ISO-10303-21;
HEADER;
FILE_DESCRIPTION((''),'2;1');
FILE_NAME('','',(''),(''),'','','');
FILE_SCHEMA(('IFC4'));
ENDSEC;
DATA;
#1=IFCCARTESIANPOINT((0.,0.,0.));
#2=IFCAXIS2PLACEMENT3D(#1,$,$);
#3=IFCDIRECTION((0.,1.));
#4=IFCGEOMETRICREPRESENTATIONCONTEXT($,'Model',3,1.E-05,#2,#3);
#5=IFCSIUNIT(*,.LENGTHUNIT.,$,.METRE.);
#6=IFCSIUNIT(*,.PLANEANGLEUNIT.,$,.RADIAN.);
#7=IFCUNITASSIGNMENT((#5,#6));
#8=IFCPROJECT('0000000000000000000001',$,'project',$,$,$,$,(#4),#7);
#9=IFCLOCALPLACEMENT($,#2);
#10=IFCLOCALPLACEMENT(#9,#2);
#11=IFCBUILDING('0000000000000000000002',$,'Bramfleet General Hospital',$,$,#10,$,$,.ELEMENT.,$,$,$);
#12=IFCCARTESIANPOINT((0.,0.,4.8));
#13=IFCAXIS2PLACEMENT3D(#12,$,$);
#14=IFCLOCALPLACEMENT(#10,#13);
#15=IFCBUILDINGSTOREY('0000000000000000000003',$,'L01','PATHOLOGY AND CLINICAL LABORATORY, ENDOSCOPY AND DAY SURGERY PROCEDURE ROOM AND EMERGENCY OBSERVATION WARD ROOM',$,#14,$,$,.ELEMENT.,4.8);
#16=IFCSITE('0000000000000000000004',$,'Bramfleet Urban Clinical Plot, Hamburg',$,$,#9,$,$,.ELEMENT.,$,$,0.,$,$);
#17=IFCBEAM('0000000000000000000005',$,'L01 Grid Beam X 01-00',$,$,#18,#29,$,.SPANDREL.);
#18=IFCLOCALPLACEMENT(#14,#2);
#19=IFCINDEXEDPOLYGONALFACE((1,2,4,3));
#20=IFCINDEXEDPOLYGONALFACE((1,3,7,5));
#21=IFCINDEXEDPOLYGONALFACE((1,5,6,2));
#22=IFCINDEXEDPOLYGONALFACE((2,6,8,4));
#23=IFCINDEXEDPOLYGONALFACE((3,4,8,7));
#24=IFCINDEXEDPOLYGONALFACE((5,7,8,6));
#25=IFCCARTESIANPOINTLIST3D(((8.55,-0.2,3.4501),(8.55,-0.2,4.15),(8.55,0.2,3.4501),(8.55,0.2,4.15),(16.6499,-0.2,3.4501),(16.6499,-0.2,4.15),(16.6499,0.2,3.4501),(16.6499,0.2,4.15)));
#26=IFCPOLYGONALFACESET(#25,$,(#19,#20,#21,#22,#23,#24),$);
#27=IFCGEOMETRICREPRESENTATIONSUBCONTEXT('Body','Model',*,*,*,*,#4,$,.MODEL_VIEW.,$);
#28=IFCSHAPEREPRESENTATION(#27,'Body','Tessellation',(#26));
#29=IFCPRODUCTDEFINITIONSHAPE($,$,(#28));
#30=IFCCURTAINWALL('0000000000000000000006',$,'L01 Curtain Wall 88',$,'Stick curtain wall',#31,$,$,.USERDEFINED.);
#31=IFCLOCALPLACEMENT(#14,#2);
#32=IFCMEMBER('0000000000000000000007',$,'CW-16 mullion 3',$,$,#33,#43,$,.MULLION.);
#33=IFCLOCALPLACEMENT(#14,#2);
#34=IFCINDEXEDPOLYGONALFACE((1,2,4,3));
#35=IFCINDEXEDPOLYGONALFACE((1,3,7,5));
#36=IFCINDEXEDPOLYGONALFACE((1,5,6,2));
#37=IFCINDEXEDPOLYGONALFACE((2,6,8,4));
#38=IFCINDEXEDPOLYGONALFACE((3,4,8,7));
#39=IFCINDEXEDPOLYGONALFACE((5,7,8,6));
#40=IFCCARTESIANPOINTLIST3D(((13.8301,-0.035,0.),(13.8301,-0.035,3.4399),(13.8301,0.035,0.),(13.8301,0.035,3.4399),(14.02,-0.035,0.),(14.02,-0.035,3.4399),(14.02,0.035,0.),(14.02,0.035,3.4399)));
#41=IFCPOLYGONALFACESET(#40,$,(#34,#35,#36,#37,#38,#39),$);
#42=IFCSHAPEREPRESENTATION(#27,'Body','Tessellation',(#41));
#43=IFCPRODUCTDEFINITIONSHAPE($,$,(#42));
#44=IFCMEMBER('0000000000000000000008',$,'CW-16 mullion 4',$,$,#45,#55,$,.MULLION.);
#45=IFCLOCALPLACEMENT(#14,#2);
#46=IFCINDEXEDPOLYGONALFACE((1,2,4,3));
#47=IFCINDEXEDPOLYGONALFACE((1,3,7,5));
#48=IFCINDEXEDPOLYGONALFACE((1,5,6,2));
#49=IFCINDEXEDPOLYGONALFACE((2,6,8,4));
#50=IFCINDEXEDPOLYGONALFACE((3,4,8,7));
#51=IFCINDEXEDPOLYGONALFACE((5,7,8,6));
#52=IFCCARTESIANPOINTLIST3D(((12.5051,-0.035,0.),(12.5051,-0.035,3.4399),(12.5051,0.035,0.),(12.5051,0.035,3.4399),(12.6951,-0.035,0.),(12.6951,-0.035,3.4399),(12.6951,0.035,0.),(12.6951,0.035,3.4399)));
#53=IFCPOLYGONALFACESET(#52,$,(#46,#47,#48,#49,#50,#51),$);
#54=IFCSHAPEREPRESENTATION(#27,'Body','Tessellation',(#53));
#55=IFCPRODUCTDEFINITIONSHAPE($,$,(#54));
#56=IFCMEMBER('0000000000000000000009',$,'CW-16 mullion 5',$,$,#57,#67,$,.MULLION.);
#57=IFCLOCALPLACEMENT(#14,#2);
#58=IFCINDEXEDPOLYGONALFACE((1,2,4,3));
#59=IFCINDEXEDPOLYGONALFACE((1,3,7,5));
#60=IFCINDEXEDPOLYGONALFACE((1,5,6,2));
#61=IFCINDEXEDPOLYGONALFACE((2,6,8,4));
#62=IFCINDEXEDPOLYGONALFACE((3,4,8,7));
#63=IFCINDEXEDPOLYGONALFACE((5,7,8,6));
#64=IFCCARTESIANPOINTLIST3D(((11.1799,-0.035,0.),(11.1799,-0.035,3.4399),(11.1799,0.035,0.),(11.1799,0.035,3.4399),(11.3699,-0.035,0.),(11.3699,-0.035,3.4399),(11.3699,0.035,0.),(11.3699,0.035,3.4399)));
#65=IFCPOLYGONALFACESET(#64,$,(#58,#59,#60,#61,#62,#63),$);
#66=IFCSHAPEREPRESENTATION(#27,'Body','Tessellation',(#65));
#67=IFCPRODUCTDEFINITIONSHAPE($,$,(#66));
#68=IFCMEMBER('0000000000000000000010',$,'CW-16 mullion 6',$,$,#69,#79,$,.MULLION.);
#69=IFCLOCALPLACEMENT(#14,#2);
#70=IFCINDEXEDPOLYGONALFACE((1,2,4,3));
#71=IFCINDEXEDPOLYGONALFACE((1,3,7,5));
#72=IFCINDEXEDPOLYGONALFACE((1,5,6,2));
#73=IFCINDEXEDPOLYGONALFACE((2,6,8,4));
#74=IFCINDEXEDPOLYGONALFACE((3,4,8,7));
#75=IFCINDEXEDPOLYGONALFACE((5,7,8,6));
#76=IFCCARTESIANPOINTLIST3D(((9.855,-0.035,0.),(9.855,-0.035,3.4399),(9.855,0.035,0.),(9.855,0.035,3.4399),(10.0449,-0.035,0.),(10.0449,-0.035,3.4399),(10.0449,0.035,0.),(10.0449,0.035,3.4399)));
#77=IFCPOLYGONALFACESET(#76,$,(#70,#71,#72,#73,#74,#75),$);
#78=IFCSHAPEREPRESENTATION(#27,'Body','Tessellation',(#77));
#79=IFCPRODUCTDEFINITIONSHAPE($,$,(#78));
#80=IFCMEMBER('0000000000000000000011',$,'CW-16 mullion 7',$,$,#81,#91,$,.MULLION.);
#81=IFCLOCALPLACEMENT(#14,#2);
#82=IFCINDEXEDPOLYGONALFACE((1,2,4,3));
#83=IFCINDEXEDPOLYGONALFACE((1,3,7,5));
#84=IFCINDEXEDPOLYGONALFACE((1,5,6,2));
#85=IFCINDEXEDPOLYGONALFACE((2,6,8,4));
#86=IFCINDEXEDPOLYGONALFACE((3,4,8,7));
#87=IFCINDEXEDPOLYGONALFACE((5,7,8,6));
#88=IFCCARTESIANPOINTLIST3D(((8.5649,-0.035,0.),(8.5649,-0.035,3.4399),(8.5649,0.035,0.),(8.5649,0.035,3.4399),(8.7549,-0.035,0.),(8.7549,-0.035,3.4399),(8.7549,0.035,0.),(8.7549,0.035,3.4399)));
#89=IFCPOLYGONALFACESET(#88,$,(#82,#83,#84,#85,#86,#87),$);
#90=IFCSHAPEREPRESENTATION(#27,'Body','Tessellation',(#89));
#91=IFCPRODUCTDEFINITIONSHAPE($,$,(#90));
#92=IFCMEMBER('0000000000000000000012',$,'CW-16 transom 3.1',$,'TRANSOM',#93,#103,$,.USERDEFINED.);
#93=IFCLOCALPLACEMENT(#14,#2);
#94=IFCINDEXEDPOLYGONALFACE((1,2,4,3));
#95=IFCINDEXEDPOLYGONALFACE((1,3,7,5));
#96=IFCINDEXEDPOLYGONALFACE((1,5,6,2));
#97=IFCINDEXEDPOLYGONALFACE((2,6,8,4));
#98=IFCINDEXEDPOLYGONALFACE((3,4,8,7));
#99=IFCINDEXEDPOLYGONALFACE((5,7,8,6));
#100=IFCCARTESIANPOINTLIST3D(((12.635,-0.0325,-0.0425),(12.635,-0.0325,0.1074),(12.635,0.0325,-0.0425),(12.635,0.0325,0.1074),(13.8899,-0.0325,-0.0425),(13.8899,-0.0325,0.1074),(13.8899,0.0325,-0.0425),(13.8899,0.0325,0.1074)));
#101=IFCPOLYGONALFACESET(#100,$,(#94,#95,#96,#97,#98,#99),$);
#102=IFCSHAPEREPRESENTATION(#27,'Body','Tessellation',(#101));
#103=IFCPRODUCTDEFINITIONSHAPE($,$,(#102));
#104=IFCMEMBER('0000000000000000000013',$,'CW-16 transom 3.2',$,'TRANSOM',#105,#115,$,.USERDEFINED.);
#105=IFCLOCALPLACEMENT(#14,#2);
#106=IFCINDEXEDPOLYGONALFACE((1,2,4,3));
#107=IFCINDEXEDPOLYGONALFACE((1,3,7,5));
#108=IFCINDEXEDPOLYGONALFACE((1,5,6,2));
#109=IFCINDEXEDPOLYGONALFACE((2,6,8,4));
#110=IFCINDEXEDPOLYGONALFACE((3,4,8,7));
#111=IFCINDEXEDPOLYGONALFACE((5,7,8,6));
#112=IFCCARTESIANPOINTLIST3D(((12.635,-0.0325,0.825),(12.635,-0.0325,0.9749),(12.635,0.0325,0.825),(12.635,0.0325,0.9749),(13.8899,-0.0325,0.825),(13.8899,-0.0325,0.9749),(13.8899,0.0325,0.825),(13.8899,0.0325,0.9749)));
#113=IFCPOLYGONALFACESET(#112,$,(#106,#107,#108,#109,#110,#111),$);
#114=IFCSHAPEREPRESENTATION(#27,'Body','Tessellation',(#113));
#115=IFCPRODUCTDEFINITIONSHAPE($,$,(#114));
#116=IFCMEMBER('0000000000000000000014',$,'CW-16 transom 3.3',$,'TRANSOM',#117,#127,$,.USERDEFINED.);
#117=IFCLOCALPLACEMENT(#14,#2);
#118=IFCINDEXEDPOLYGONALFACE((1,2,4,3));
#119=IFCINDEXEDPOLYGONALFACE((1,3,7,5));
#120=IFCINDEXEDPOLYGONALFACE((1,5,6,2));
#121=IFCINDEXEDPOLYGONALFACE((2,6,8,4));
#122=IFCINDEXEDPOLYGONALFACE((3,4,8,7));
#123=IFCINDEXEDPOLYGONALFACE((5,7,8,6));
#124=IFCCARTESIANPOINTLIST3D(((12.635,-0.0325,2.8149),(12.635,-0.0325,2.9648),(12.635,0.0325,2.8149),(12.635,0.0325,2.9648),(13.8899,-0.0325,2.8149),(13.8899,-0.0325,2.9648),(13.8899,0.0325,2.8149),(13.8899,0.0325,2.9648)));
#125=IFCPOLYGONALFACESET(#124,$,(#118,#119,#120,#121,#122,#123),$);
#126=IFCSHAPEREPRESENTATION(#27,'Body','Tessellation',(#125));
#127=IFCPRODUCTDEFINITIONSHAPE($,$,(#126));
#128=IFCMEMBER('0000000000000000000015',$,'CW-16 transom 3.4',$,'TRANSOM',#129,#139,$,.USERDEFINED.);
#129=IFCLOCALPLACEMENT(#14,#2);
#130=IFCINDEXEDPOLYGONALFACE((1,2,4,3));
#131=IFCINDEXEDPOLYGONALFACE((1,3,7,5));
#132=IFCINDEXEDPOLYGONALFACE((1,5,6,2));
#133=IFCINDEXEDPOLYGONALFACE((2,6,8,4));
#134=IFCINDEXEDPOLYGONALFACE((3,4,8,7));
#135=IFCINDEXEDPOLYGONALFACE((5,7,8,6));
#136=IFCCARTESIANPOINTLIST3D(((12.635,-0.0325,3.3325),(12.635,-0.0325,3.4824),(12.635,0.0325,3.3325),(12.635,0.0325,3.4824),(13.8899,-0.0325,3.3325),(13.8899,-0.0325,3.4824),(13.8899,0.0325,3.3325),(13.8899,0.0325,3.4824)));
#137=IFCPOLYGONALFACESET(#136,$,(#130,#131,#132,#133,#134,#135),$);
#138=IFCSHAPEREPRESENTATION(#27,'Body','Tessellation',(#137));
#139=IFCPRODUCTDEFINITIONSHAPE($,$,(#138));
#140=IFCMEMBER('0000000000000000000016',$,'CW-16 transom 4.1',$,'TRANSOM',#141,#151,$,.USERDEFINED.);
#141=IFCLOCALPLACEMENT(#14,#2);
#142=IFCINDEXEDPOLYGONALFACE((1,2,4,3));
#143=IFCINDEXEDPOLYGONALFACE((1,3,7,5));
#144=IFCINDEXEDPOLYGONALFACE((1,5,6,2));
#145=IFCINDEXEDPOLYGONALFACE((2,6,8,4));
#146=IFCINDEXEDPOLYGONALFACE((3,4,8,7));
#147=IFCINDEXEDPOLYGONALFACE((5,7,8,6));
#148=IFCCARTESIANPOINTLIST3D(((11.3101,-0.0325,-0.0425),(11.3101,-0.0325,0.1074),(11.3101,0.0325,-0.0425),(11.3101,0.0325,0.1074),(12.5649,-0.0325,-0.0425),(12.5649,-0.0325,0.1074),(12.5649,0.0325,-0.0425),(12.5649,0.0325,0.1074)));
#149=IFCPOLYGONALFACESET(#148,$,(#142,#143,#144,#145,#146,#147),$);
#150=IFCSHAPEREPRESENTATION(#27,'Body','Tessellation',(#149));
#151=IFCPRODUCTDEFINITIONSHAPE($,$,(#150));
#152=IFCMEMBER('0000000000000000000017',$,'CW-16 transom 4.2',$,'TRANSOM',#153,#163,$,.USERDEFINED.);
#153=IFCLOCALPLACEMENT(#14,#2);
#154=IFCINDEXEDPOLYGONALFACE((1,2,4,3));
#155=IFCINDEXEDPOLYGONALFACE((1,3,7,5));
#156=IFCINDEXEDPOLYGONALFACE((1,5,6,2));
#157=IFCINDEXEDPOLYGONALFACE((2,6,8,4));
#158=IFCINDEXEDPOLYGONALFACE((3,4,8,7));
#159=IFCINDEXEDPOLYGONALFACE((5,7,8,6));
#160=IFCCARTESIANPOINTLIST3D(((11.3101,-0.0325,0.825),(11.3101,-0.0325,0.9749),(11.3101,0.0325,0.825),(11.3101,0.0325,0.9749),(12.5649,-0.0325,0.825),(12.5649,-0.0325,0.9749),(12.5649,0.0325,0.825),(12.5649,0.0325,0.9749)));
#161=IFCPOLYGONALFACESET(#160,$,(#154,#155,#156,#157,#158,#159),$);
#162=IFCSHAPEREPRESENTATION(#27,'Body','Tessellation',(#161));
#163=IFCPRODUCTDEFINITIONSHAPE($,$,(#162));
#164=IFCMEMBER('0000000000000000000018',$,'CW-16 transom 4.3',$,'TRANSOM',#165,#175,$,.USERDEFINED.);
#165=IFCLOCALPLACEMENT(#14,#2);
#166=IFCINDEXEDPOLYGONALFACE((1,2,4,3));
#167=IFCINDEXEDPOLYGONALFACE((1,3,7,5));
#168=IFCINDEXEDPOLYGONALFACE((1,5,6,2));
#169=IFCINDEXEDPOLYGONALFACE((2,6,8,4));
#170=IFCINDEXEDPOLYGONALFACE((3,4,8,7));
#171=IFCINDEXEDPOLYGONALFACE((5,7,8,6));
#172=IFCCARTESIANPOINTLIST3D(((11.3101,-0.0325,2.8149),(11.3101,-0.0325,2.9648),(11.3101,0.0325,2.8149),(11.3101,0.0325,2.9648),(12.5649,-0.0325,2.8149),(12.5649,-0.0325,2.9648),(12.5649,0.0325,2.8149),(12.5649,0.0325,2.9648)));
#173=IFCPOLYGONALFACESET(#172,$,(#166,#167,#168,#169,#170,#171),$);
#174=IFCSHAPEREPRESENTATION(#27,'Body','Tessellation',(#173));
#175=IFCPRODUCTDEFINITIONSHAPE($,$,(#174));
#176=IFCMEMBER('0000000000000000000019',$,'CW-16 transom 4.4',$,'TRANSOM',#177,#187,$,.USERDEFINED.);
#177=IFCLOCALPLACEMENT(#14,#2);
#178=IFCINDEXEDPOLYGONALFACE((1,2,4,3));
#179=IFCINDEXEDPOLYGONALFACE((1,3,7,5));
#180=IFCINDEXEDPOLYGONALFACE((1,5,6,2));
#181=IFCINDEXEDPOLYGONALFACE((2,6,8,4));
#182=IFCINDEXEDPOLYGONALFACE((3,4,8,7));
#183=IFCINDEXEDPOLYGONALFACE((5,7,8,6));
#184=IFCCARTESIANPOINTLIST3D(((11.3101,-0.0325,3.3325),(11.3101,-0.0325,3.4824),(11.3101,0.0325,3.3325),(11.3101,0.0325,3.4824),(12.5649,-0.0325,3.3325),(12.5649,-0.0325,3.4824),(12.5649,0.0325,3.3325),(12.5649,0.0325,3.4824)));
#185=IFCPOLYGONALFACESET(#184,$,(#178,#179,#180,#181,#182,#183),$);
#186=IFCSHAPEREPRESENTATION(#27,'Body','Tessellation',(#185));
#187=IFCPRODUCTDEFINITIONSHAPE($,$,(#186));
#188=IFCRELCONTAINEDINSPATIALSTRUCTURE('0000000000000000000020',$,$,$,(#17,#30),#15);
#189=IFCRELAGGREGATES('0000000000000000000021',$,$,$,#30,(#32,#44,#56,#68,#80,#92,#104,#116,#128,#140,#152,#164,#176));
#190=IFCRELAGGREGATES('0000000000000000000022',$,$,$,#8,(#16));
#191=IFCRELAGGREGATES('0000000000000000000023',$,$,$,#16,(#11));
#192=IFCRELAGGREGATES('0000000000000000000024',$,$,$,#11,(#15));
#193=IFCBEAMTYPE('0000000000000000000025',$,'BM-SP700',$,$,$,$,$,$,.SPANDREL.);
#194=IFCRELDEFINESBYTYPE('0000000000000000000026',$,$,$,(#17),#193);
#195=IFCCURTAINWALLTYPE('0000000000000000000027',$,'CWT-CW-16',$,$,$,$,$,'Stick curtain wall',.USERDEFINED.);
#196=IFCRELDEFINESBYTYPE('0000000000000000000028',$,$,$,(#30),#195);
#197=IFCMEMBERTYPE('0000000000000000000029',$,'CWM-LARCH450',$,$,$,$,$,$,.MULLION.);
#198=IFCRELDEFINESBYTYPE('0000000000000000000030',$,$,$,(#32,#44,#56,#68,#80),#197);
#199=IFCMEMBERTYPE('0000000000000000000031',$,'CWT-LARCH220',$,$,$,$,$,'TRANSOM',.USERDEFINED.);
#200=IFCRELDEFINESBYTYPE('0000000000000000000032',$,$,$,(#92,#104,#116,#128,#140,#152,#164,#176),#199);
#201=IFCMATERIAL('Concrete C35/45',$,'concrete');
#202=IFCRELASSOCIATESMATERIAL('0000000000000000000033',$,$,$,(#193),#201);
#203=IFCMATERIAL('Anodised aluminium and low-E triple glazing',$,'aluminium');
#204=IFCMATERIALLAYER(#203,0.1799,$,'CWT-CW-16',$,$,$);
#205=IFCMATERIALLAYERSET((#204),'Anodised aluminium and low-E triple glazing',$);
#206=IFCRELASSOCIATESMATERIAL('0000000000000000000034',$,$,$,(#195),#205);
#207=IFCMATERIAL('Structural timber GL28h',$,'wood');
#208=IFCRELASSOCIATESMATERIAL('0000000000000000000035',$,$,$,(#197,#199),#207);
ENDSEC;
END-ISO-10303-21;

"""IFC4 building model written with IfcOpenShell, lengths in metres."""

from ifc_helpers import new_model, si_unit, direction, frame, origin, origin_2d, place, context, subcontext, project, spatial, rectangle, extrude, material, layer, layer_set, material_profile, profile_set, type_object, element, aggregate, save


model = new_model("IFC4")

# Units and contexts
model_context = context("Model", 3, precision=1e-05, world=origin(), true_north=direction((0.0, 1.0)))
body_context = subcontext(model_context, "Body", "Model", "MODEL_VIEW")
ifc_project = project(units=[si_unit("LENGTHUNIT", "METRE"), si_unit("PLANEANGLEUNIT", "RADIAN")], contexts=[model_context])

# Site, building, storey
site_placement = place(None, origin())
site = spatial("IfcSite", under=ifc_project, at=site_placement, Name="Bramfleet Urban Clinical Plot, Hamburg", CompositionType="ELEMENT", RefElevation=0.0)
building_placement = place(site_placement, origin())
building = spatial("IfcBuilding", under=site, at=building_placement, Name="Bramfleet General Hospital", CompositionType="ELEMENT")
storey_placement = place(building_placement, frame((0.0, 0.0, 4.8)))
storey = spatial("IfcBuildingStorey", under=building, at=storey_placement, Name="L01", Description="PATHOLOGY AND CLINICAL LABORATORY, ENDOSCOPY AND DAY SURGERY PROCEDURE ROOM AND EMERGENCY OBSERVATION WARD ROOM", CompositionType="ELEMENT", Elevation=4.8)

# Beam
ifc_material_1 = material(Name="Concrete C35/45", Category="concrete")
ifc_material_profile_1 = material_profile(ifc_material_1, rectangle(XDim=0.3999, YDim=0.7, at=origin_2d()), Name="RC SP 700x400")
ifc_profile_set_1 = profile_set([ifc_material_profile_1], Name="Concrete C35/45")
beam_type = type_object("IfcBeamType", Name="BM-SP700", PredefinedType="SPANDREL", material=ifc_profile_set_1)
beam_placement = place(storey_placement, frame((8.55, 0.0, 3.8), z_axis=(1.0, 0.0, 0.0), x_axis=(0.0, 1.0, 0.0)))
element("IfcBeam", 1, at=beam_placement, inside=storey, type_object=beam_type, Name="L01 Grid Beam X 01-00", PredefinedType="SPANDREL", context=body_context, shape_type="SweptSolid", body=[
    extrude(rectangle(XDim=0.3999, YDim=0.7, at=origin_2d()), origin(), (0.0, 0.0, 1.0), 8.0999),
])

# Curtain wall, members
ifc_material_2 = material(Name="Anodised aluminium and low-E triple glazing", Category="aluminium")
ifc_layer_1 = layer(ifc_material_2, 0.1799, Name="CWT-CW-16")
ifc_layer_set_1 = layer_set([ifc_layer_1], Name="Anodised aluminium and low-E triple glazing")
curtain_wall_type = type_object("IfcCurtainWallType", Name="CWT-CW-16", ElementType="Stick curtain wall", PredefinedType="USERDEFINED", material=ifc_layer_set_1)
curtain_wall_placement = place(storey_placement, origin())
curtain_wall = element("IfcCurtainWall", 2, at=curtain_wall_placement, inside=storey, type_object=curtain_wall_type, Name="L01 Curtain Wall 88", ObjectType="Stick curtain wall", PredefinedType="USERDEFINED")
ifc_material_3 = material(Name="Structural timber GL28h", Category="wood")
ifc_material_profile_2 = material_profile(ifc_material_3, rectangle(XDim=0.0701, YDim=0.1899, at=origin_2d()), Name="LARCH 190x70")
ifc_profile_set_2 = profile_set([ifc_material_profile_2], Name="Structural timber GL28h")
member_type_1 = type_object("IfcMemberType", Name="CWM-LARCH450", PredefinedType="MULLION", material=ifc_profile_set_2)
member_1_placement = place(storey_placement, frame((13.925, 0.0, 0.0), z_axis=(0.0, 0.0, 1.0), x_axis=(0.0, -1.0, 0.0)))
member_1 = element("IfcMember", 3, at=member_1_placement, type_object=member_type_1, Name="CW-16 mullion 3", PredefinedType="MULLION", context=body_context, shape_type="SweptSolid", body=[
    extrude(rectangle(XDim=0.0701, YDim=0.1899, at=origin_2d()), origin(), (0.0, 0.0, 1.0), 3.4399),
])
member_2_placement = place(storey_placement, frame((12.6001, 0.0, 0.0), z_axis=(0.0, 0.0, 1.0), x_axis=(0.0, -1.0, 0.0)))
member_2 = element("IfcMember", 4, at=member_2_placement, type_object=member_type_1, Name="CW-16 mullion 4", PredefinedType="MULLION", context=body_context, shape_type="SweptSolid", body=[
    extrude(rectangle(XDim=0.0701, YDim=0.1899, at=origin_2d()), origin(), (0.0, 0.0, 1.0), 3.4399),
])
member_3_placement = place(storey_placement, frame((11.2749, 0.0, 0.0), z_axis=(0.0, 0.0, 1.0), x_axis=(0.0, -1.0, 0.0)))
member_3 = element("IfcMember", 5, at=member_3_placement, type_object=member_type_1, Name="CW-16 mullion 5", PredefinedType="MULLION", context=body_context, shape_type="SweptSolid", body=[
    extrude(rectangle(XDim=0.0701, YDim=0.1899, at=origin_2d()), origin(), (0.0, 0.0, 1.0), 3.4399),
])
member_4_placement = place(storey_placement, frame((9.95, 0.0, 0.0), z_axis=(0.0, 0.0, 1.0), x_axis=(0.0, -1.0, 0.0)))
member_4 = element("IfcMember", 6, at=member_4_placement, type_object=member_type_1, Name="CW-16 mullion 6", PredefinedType="MULLION", context=body_context, shape_type="SweptSolid", body=[
    extrude(rectangle(XDim=0.0701, YDim=0.1899, at=origin_2d()), origin(), (0.0, 0.0, 1.0), 3.4399),
])
member_5_placement = place(storey_placement, frame((8.6599, 0.0, 0.0), z_axis=(0.0, 0.0, 1.0), x_axis=(0.0, -1.0, 0.0)))
member_5 = element("IfcMember", 7, at=member_5_placement, type_object=member_type_1, Name="CW-16 mullion 7", PredefinedType="MULLION", context=body_context, shape_type="SweptSolid", body=[
    extrude(rectangle(XDim=0.0701, YDim=0.1899, at=origin_2d()), origin(), (0.0, 0.0, 1.0), 3.4399),
])
ifc_material_profile_3 = material_profile(ifc_material_3, rectangle(XDim=0.0649, YDim=0.1499, at=origin_2d()), Name="LARCH 150x65")
ifc_profile_set_3 = profile_set([ifc_material_profile_3], Name="Structural timber GL28h")
member_type_2 = type_object("IfcMemberType", Name="CWT-LARCH220", ElementType="TRANSOM", PredefinedType="USERDEFINED", material=ifc_profile_set_3)
member_6_placement = place(storey_placement, frame((13.8899, 0.0, 0.0325), z_axis=(-1.0, 0.0, 0.0), x_axis=(0.0, -1.0, 0.0)))
member_6 = element("IfcMember", 8, at=member_6_placement, type_object=member_type_2, Name="CW-16 transom 3.1", ObjectType="TRANSOM", PredefinedType="USERDEFINED", context=body_context, shape_type="SweptSolid", body=[
    extrude(rectangle(XDim=0.0649, YDim=0.1499, at=origin_2d()), origin(), (0.0, 0.0, 1.0), 1.2549),
])
member_7_placement = place(storey_placement, frame((13.8899, 0.0, 0.8999), z_axis=(-1.0, 0.0, 0.0), x_axis=(0.0, -1.0, 0.0)))
member_7 = element("IfcMember", 9, at=member_7_placement, type_object=member_type_2, Name="CW-16 transom 3.2", ObjectType="TRANSOM", PredefinedType="USERDEFINED", context=body_context, shape_type="SweptSolid", body=[
    extrude(rectangle(XDim=0.0649, YDim=0.1499, at=origin_2d()), origin(), (0.0, 0.0, 1.0), 1.2549),
])
member_8_placement = place(storey_placement, frame((13.8899, 0.0, 2.8899), z_axis=(-1.0, 0.0, 0.0), x_axis=(0.0, -1.0, 0.0)))
member_8 = element("IfcMember", 10, at=member_8_placement, type_object=member_type_2, Name="CW-16 transom 3.3", ObjectType="TRANSOM", PredefinedType="USERDEFINED", context=body_context, shape_type="SweptSolid", body=[
    extrude(rectangle(XDim=0.0649, YDim=0.1499, at=origin_2d()), origin(), (0.0, 0.0, 1.0), 1.2549),
])
member_9_placement = place(storey_placement, frame((13.8899, 0.0, 3.4075), z_axis=(-1.0, 0.0, 0.0), x_axis=(0.0, -1.0, 0.0)))
member_9 = element("IfcMember", 11, at=member_9_placement, type_object=member_type_2, Name="CW-16 transom 3.4", ObjectType="TRANSOM", PredefinedType="USERDEFINED", context=body_context, shape_type="SweptSolid", body=[
    extrude(rectangle(XDim=0.0649, YDim=0.1499, at=origin_2d()), origin(), (0.0, 0.0, 1.0), 1.2549),
])
member_10_placement = place(storey_placement, frame((12.5649, 0.0, 0.0325), z_axis=(-1.0, 0.0, 0.0), x_axis=(0.0, -1.0, 0.0)))
member_10 = element("IfcMember", 12, at=member_10_placement, type_object=member_type_2, Name="CW-16 transom 4.1", ObjectType="TRANSOM", PredefinedType="USERDEFINED", context=body_context, shape_type="SweptSolid", body=[
    extrude(rectangle(XDim=0.0649, YDim=0.1499, at=origin_2d()), origin(), (0.0, 0.0, 1.0), 1.2549),
])
member_11_placement = place(storey_placement, frame((12.5649, 0.0, 0.8999), z_axis=(-1.0, 0.0, 0.0), x_axis=(0.0, -1.0, 0.0)))
member_11 = element("IfcMember", 13, at=member_11_placement, type_object=member_type_2, Name="CW-16 transom 4.2", ObjectType="TRANSOM", PredefinedType="USERDEFINED", context=body_context, shape_type="SweptSolid", body=[
    extrude(rectangle(XDim=0.0649, YDim=0.1499, at=origin_2d()), origin(), (0.0, 0.0, 1.0), 1.2549),
])
member_12_placement = place(storey_placement, frame((12.5649, 0.0, 2.8899), z_axis=(-1.0, 0.0, 0.0), x_axis=(0.0, -1.0, 0.0)))
member_12 = element("IfcMember", 14, at=member_12_placement, type_object=member_type_2, Name="CW-16 transom 4.3", ObjectType="TRANSOM", PredefinedType="USERDEFINED", context=body_context, shape_type="SweptSolid", body=[
    extrude(rectangle(XDim=0.0649, YDim=0.1499, at=origin_2d()), origin(), (0.0, 0.0, 1.0), 1.2549),
])
member_13_placement = place(storey_placement, frame((12.5649, 0.0, 3.4075), z_axis=(-1.0, 0.0, 0.0), x_axis=(0.0, -1.0, 0.0)))
member_13 = element("IfcMember", 15, at=member_13_placement, type_object=member_type_2, Name="CW-16 transom 4.4", ObjectType="TRANSOM", PredefinedType="USERDEFINED", context=body_context, shape_type="SweptSolid", body=[
    extrude(rectangle(XDim=0.0649, YDim=0.1499, at=origin_2d()), origin(), (0.0, 0.0, 1.0), 1.2549),
])
aggregate(curtain_wall, [member_1, member_2, member_3, member_4, member_5, member_6, member_7, member_8, member_9, member_10, member_11, member_12, member_13])

save(model, "model.ifc")
